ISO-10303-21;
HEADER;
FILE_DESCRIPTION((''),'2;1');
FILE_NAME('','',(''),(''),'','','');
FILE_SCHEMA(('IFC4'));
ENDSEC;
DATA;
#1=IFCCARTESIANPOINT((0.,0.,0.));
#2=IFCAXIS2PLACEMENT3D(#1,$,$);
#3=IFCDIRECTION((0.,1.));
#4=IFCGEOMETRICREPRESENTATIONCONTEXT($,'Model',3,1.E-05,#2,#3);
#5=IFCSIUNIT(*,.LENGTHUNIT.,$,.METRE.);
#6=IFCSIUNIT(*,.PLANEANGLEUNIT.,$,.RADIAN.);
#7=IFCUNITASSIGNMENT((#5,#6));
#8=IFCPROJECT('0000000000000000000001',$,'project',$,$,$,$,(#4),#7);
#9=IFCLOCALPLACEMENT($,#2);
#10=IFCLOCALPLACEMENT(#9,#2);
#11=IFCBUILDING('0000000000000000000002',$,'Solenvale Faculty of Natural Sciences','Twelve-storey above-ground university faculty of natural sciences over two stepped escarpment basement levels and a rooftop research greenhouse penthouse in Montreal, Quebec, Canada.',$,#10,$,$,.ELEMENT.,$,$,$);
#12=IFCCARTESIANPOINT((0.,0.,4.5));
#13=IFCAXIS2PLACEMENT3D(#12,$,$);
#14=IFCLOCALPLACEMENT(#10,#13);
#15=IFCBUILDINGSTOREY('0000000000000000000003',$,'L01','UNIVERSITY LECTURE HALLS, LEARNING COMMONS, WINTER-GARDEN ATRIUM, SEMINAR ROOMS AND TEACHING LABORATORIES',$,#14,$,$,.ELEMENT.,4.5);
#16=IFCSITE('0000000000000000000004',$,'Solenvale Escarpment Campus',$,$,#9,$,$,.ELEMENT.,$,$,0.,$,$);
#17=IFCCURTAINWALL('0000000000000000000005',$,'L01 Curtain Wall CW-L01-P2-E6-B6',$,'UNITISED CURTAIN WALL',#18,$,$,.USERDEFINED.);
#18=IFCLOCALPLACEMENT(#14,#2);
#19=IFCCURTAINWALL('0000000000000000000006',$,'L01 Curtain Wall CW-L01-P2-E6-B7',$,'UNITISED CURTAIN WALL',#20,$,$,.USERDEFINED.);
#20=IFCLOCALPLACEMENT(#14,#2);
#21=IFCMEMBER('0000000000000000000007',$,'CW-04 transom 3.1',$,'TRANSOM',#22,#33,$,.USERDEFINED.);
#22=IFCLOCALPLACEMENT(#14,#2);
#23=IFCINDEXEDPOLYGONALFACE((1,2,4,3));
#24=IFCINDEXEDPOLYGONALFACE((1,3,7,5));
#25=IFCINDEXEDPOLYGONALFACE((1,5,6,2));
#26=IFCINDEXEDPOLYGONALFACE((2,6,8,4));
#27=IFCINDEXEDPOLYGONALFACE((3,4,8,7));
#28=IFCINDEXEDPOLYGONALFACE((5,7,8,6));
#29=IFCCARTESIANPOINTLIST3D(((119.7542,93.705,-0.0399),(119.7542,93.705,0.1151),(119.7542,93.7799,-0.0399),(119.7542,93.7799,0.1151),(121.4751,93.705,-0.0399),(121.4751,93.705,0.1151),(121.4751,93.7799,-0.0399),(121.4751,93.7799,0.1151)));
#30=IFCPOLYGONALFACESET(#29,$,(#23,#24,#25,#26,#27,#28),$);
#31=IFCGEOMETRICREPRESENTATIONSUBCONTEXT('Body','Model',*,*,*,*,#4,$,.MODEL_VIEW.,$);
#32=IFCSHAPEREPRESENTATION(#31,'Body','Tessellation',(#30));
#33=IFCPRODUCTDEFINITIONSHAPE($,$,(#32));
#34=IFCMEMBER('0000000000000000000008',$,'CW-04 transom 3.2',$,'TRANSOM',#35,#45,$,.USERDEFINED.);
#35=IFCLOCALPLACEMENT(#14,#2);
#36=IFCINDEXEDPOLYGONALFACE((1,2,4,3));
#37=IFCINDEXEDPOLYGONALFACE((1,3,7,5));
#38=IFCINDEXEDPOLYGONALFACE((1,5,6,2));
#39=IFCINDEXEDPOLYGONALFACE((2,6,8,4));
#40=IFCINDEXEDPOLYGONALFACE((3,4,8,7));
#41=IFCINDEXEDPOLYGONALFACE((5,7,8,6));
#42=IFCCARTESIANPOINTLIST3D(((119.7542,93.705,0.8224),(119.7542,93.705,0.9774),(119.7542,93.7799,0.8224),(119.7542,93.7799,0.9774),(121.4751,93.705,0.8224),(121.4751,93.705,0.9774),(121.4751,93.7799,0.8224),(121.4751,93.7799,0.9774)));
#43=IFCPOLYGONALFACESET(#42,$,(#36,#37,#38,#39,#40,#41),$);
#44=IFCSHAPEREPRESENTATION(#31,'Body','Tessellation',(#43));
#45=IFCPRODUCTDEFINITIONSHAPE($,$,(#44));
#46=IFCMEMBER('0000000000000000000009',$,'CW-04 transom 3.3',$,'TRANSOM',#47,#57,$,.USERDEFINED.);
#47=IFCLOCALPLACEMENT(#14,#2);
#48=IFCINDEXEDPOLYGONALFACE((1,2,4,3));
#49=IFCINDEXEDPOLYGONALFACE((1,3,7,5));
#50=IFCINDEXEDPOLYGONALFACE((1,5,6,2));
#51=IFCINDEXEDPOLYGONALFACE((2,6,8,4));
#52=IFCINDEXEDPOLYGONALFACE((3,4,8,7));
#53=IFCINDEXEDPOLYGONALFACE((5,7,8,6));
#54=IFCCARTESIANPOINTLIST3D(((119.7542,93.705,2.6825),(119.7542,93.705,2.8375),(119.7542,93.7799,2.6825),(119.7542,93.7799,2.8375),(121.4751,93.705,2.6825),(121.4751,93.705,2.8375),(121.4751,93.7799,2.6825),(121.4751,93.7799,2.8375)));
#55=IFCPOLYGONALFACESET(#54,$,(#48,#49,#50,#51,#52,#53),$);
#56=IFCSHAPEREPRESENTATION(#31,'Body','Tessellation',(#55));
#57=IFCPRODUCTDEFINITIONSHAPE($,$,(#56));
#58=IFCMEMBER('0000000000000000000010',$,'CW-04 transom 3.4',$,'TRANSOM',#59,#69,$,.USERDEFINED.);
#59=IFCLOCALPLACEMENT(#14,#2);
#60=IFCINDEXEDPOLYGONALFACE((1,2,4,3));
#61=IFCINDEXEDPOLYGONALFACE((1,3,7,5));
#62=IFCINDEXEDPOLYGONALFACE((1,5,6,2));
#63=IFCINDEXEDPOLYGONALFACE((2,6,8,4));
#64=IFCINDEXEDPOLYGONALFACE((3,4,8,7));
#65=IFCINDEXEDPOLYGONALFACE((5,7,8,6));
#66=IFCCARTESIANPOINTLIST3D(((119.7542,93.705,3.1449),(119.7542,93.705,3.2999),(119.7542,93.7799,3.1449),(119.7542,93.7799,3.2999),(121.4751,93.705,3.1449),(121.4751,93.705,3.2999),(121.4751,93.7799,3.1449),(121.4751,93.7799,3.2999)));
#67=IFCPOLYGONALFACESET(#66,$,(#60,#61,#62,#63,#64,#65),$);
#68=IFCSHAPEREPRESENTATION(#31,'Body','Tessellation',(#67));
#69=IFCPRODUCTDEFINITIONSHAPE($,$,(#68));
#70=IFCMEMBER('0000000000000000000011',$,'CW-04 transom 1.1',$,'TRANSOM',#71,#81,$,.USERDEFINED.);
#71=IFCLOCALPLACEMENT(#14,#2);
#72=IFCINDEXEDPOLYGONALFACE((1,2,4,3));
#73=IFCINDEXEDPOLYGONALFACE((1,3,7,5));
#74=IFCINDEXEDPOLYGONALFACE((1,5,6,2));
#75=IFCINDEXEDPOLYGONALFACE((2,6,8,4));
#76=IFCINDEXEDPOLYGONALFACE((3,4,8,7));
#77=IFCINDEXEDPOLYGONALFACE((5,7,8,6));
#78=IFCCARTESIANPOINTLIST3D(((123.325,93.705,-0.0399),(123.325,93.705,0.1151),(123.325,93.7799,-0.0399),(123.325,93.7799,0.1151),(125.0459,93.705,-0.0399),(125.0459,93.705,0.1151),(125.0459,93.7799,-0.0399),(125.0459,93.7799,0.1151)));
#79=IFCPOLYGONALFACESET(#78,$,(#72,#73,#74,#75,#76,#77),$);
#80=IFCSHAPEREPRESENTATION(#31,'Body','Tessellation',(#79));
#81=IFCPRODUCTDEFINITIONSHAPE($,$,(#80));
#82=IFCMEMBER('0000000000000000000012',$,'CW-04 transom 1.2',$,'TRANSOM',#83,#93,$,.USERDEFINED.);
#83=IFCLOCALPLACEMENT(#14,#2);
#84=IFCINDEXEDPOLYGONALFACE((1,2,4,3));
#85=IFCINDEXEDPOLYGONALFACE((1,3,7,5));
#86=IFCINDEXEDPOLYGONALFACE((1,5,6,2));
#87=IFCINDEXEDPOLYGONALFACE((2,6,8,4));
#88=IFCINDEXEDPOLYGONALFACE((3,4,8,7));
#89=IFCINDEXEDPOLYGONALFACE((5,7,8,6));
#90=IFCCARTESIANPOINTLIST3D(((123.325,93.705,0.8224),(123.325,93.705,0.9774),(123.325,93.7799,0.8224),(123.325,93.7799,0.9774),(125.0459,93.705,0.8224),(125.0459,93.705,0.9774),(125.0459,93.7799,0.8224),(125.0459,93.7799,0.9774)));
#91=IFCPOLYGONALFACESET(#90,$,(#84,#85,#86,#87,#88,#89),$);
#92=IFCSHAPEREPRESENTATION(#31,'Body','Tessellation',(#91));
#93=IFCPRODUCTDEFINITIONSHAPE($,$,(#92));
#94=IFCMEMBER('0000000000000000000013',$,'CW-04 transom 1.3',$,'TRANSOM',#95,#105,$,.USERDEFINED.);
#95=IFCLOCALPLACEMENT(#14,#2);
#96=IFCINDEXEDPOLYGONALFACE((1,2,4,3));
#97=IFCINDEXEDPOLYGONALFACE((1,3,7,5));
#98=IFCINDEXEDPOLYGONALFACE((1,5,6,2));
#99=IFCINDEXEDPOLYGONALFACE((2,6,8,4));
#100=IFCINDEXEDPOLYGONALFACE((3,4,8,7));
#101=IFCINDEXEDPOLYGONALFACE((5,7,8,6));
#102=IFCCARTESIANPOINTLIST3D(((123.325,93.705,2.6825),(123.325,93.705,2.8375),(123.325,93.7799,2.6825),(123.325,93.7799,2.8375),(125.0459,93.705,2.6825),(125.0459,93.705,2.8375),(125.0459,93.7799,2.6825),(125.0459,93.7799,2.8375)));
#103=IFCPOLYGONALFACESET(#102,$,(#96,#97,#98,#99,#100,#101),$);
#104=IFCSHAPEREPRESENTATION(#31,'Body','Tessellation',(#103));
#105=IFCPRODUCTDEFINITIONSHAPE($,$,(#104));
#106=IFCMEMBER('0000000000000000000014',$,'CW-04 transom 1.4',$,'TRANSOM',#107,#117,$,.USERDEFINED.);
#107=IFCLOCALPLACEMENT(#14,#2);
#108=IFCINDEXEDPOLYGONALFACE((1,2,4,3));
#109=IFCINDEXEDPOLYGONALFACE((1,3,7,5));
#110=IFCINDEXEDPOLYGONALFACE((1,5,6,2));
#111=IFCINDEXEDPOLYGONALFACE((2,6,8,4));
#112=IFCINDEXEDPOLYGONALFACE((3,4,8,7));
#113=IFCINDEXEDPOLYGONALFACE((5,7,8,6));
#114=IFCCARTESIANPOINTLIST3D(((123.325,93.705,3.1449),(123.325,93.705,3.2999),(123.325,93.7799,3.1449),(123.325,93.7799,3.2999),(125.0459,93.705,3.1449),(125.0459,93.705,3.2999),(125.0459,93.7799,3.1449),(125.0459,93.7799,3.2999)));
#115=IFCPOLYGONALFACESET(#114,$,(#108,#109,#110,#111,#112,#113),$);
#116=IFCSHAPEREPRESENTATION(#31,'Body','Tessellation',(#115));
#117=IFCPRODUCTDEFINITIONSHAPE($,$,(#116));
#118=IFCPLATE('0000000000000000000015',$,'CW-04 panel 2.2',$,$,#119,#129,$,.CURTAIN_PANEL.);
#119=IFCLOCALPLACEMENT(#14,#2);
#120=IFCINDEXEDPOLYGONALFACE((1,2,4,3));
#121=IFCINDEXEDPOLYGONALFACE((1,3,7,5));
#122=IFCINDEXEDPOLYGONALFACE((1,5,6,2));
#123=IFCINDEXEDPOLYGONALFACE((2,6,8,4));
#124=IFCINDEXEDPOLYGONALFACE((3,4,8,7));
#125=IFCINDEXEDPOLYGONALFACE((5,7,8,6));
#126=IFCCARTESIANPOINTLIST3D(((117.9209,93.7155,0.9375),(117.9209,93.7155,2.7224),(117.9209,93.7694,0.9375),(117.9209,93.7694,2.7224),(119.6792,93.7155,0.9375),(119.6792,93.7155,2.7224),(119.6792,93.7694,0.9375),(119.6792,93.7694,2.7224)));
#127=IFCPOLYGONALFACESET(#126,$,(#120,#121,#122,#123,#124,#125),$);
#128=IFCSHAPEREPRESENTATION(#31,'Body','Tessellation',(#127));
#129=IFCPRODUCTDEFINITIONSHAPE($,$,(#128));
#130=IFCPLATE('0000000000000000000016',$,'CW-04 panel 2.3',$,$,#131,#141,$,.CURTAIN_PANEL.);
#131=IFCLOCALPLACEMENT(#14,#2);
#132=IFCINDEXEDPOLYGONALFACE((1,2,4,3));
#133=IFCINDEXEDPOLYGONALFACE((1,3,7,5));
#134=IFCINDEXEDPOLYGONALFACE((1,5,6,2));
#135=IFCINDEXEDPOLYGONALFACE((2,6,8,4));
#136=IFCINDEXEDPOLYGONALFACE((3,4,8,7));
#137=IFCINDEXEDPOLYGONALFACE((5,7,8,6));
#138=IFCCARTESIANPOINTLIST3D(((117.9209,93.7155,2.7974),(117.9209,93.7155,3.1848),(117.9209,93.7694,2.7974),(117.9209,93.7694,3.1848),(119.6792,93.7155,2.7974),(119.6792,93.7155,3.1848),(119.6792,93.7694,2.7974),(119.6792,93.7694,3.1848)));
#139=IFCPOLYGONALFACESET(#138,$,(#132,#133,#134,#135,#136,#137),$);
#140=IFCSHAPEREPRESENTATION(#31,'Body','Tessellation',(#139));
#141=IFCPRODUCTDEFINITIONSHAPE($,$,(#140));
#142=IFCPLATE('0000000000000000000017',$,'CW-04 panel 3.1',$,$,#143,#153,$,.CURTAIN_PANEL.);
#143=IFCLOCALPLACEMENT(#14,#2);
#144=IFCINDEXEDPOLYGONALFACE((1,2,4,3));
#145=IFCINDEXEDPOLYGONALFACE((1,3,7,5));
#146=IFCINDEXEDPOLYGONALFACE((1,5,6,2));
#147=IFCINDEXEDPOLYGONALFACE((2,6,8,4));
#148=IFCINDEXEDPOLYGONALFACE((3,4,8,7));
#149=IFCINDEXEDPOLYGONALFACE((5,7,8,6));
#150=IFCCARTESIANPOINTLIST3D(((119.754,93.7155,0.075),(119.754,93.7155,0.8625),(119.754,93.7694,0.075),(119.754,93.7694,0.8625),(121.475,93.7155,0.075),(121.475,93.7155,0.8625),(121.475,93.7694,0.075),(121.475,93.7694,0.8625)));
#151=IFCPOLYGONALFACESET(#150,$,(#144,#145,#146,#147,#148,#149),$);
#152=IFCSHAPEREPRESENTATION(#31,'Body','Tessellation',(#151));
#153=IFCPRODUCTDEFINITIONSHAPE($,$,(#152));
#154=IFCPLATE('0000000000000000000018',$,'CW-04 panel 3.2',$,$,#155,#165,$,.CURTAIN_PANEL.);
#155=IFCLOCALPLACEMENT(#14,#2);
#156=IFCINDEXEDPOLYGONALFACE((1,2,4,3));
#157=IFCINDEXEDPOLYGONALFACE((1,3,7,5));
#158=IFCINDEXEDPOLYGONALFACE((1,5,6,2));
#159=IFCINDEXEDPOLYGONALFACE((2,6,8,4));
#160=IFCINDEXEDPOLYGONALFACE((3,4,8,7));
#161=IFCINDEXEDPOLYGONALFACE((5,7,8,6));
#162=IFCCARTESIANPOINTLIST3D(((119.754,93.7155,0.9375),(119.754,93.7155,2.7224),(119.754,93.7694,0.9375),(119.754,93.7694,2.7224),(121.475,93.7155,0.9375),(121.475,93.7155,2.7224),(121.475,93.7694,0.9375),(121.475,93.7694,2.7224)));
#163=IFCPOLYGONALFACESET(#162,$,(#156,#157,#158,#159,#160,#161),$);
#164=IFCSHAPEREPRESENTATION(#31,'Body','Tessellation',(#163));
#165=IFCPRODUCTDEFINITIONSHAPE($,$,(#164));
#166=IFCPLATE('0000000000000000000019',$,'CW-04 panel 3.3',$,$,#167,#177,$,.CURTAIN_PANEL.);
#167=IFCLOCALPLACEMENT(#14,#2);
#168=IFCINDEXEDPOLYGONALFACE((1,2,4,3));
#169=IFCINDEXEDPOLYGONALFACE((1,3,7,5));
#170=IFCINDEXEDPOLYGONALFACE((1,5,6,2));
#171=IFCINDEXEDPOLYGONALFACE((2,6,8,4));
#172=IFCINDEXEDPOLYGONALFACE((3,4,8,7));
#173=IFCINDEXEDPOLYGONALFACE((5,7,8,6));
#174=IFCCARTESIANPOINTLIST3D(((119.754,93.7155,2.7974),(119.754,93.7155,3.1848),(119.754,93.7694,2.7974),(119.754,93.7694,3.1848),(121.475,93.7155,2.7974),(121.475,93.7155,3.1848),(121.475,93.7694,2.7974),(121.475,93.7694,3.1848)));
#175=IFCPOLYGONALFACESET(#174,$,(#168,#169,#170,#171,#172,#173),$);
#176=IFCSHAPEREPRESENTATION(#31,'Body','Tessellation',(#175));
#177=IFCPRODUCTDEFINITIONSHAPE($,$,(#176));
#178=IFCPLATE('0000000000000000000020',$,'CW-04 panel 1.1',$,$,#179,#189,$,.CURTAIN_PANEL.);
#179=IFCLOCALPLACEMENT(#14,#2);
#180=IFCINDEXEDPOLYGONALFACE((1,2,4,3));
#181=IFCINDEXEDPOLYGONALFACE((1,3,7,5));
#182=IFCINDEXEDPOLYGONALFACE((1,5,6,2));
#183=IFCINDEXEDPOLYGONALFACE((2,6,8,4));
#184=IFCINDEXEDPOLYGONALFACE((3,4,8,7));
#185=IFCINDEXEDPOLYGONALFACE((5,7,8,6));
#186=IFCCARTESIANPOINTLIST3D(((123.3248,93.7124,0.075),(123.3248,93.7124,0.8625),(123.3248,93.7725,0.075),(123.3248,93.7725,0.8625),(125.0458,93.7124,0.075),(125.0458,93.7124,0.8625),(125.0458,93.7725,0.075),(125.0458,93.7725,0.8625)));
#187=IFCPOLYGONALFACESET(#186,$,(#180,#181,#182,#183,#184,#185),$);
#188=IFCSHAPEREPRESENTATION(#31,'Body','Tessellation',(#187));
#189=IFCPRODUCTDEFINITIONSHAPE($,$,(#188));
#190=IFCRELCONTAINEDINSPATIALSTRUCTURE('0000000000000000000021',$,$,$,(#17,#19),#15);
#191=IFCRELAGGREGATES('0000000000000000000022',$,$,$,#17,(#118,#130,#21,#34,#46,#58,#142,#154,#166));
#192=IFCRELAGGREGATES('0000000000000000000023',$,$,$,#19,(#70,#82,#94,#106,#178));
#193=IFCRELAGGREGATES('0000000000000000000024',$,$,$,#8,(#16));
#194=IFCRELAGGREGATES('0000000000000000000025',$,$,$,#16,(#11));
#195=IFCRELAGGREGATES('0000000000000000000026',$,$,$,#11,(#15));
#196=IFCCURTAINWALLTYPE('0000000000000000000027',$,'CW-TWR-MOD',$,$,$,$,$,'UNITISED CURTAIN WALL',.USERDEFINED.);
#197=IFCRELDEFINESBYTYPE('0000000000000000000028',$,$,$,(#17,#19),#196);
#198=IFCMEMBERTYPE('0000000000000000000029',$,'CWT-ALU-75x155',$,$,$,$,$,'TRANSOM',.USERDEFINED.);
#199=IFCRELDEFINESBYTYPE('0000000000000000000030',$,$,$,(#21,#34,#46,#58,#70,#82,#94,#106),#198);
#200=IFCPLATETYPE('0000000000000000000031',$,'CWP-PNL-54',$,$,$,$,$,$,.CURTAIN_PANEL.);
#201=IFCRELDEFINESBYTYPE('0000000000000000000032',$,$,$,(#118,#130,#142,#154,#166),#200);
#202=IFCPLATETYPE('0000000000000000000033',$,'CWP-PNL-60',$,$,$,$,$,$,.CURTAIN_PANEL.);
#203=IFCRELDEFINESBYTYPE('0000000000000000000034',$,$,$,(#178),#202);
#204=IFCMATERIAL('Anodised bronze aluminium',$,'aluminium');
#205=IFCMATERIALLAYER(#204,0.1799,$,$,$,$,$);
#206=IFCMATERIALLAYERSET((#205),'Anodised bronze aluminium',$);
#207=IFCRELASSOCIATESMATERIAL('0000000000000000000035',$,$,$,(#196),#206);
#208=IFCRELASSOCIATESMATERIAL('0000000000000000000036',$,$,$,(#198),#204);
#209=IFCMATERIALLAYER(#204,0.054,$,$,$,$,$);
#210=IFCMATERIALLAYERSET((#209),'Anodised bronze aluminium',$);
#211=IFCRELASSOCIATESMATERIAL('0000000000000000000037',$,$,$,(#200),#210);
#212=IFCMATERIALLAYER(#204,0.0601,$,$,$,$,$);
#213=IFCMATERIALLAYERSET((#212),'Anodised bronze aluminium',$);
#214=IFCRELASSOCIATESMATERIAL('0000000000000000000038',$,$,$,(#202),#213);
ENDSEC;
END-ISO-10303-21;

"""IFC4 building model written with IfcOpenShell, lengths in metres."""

from ifc_helpers import new_model, si_unit, direction, frame, origin, origin_2d, place, context, subcontext, project, spatial, rectangle, extrude, material, layer, layer_set, material_profile, profile_set, type_object, element, aggregate, save


model = new_model("IFC4")

# Units and contexts
model_context = context("Model", 3, precision=1e-05, world=origin(), true_north=direction((0.0, 1.0)))
body_context = subcontext(model_context, "Body", "Model", "MODEL_VIEW")
ifc_project = project(units=[si_unit("LENGTHUNIT", "METRE"), si_unit("PLANEANGLEUNIT", "RADIAN")], contexts=[model_context])

# Site, building, storey
site_placement = place(None, origin())
site = spatial("IfcSite", under=ifc_project, at=site_placement, Name="Solenvale Escarpment Campus", CompositionType="ELEMENT", RefElevation=0.0)
building_placement = place(site_placement, origin())
building = spatial("IfcBuilding", under=site, at=building_placement, Name="Solenvale Faculty of Natural Sciences", Description="Twelve-storey above-ground university faculty of natural sciences over two stepped escarpment basement levels and a rooftop research greenhouse penthouse in Montreal, Quebec, Canada.", CompositionType="ELEMENT")
storey_placement = place(building_placement, frame((0.0, 0.0, 4.5)))
storey = spatial("IfcBuildingStorey", under=building, at=storey_placement, Name="L01", Description="UNIVERSITY LECTURE HALLS, LEARNING COMMONS, WINTER-GARDEN ATRIUM, SEMINAR ROOMS AND TEACHING LABORATORIES", CompositionType="ELEMENT", Elevation=4.5)

# Curtain wall
ifc_material_1 = material(Name="Anodised bronze aluminium", Category="aluminium")
ifc_layer_1 = layer(ifc_material_1, 0.1799)
ifc_layer_set_1 = layer_set([ifc_layer_1], Name="Anodised bronze aluminium")
curtain_wall_type = type_object("IfcCurtainWallType", Name="CW-TWR-MOD", ElementType="UNITISED CURTAIN WALL", PredefinedType="USERDEFINED", material=ifc_layer_set_1)
curtain_wall_1_placement = place(storey_placement, origin())
curtain_wall_1 = element("IfcCurtainWall", 1, at=curtain_wall_1_placement, inside=storey, type_object=curtain_wall_type, Name="L01 Curtain Wall CW-L01-P2-E6-B6", ObjectType="UNITISED CURTAIN WALL", PredefinedType="USERDEFINED")

# Curtain wall
curtain_wall_2_placement = place(storey_placement, origin())
curtain_wall_2 = element("IfcCurtainWall", 2, at=curtain_wall_2_placement, inside=storey, type_object=curtain_wall_type, Name="L01 Curtain Wall CW-L01-P2-E6-B7", ObjectType="UNITISED CURTAIN WALL", PredefinedType="USERDEFINED")

# Members
ifc_material_profile_1 = material_profile(ifc_material_1, rectangle(XDim=0.075, YDim=0.155, at=origin_2d()), Name="ALU-TRN-75x155")
ifc_profile_set_1 = profile_set([ifc_material_profile_1], Name="Anodised bronze aluminium")
member_type_1 = type_object("IfcMemberType", Name="CWT-ALU-75x155", ElementType="TRANSOM", PredefinedType="USERDEFINED", material=ifc_profile_set_1)
member_1_placement = place(storey_placement, frame((119.7542, 93.7424, 0.0376), z_axis=(1.0, 0.0, 0.0), x_axis=(0.0, 1.0, 0.0)))
member_1 = element("IfcMember", 3, at=member_1_placement, type_object=member_type_1, Name="CW-04 transom 3.1", ObjectType="TRANSOM", PredefinedType="USERDEFINED", context=body_context, shape_type="SweptSolid", body=[
    extrude(rectangle(XDim=0.075, YDim=0.155, at=origin_2d()), origin(), (0.0, 0.0, 1.0), 1.7209),
])
member_2_placement = place(storey_placement, frame((119.7542, 93.7424, 0.8999), z_axis=(1.0, 0.0, 0.0), x_axis=(0.0, 1.0, 0.0)))
member_2 = element("IfcMember", 4, at=member_2_placement, type_object=member_type_1, Name="CW-04 transom 3.2", ObjectType="TRANSOM", PredefinedType="USERDEFINED", context=body_context, shape_type="SweptSolid", body=[
    extrude(rectangle(XDim=0.075, YDim=0.155, at=origin_2d()), origin(), (0.0, 0.0, 1.0), 1.7209),
])
member_3_placement = place(storey_placement, frame((119.7542, 93.7424, 2.76), z_axis=(1.0, 0.0, 0.0), x_axis=(0.0, 1.0, 0.0)))
member_3 = element("IfcMember", 5, at=member_3_placement, type_object=member_type_1, Name="CW-04 transom 3.3", ObjectType="TRANSOM", PredefinedType="USERDEFINED", context=body_context, shape_type="SweptSolid", body=[
    extrude(rectangle(XDim=0.075, YDim=0.155, at=origin_2d()), origin(), (0.0, 0.0, 1.0), 1.7209),
])
member_4_placement = place(storey_placement, frame((119.7542, 93.7424, 3.2224), z_axis=(1.0, 0.0, 0.0), x_axis=(0.0, 1.0, 0.0)))
member_4 = element("IfcMember", 6, at=member_4_placement, type_object=member_type_1, Name="CW-04 transom 3.4", ObjectType="TRANSOM", PredefinedType="USERDEFINED", context=body_context, shape_type="SweptSolid", body=[
    extrude(rectangle(XDim=0.075, YDim=0.155, at=origin_2d()), origin(), (0.0, 0.0, 1.0), 1.7209),
])
member_5_placement = place(storey_placement, frame((123.325, 93.7424, 0.0376), z_axis=(1.0, 0.0, 0.0), x_axis=(0.0, 1.0, 0.0)))
member_5 = element("IfcMember", 7, at=member_5_placement, type_object=member_type_1, Name="CW-04 transom 1.1", ObjectType="TRANSOM", PredefinedType="USERDEFINED", context=body_context, shape_type="SweptSolid", body=[
    extrude(rectangle(XDim=0.075, YDim=0.155, at=origin_2d()), origin(), (0.0, 0.0, 1.0), 1.7209),
])
member_6_placement = place(storey_placement, frame((123.325, 93.7424, 0.8999), z_axis=(1.0, 0.0, 0.0), x_axis=(0.0, 1.0, 0.0)))
member_6 = element("IfcMember", 8, at=member_6_placement, type_object=member_type_1, Name="CW-04 transom 1.2", ObjectType="TRANSOM", PredefinedType="USERDEFINED", context=body_context, shape_type="SweptSolid", body=[
    extrude(rectangle(XDim=0.075, YDim=0.155, at=origin_2d()), origin(), (0.0, 0.0, 1.0), 1.7209),
])
member_7_placement = place(storey_placement, frame((123.325, 93.7424, 2.76), z_axis=(1.0, 0.0, 0.0), x_axis=(0.0, 1.0, 0.0)))
member_7 = element("IfcMember", 9, at=member_7_placement, type_object=member_type_1, Name="CW-04 transom 1.3", ObjectType="TRANSOM", PredefinedType="USERDEFINED", context=body_context, shape_type="SweptSolid", body=[
    extrude(rectangle(XDim=0.075, YDim=0.155, at=origin_2d()), origin(), (0.0, 0.0, 1.0), 1.7209),
])
member_8_placement = place(storey_placement, frame((123.325, 93.7424, 3.2224), z_axis=(1.0, 0.0, 0.0), x_axis=(0.0, 1.0, 0.0)))
member_8 = element("IfcMember", 10, at=member_8_placement, type_object=member_type_1, Name="CW-04 transom 1.4", ObjectType="TRANSOM", PredefinedType="USERDEFINED", context=body_context, shape_type="SweptSolid", body=[
    extrude(rectangle(XDim=0.075, YDim=0.155, at=origin_2d()), origin(), (0.0, 0.0, 1.0), 1.7209),
])

# Plates
ifc_layer_2 = layer(ifc_material_1, 0.054)
ifc_layer_set_2 = layer_set([ifc_layer_2], Name="Anodised bronze aluminium")
plate_type_1 = type_object("IfcPlateType", Name="CWP-PNL-54", PredefinedType="CURTAIN_PANEL", material=ifc_layer_set_2)
plate_1_placement = place(storey_placement, frame((118.8, 93.7424, 0.9375), z_axis=(0.0, 0.0, 1.0), x_axis=(1.0, 0.0, 0.0)))
plate_1 = element("IfcPlate", 11, at=plate_1_placement, type_object=plate_type_1, Name="CW-04 panel 2.2", PredefinedType="CURTAIN_PANEL", context=body_context, shape_type="SweptSolid", body=[
    extrude(rectangle(XDim=1.7583, YDim=0.054, at=origin_2d()), origin(), (0.0, 0.0, 1.0), 1.7849),
])
plate_2_placement = place(storey_placement, frame((118.8, 93.7424, 2.7974), z_axis=(0.0, 0.0, 1.0), x_axis=(1.0, 0.0, 0.0)))
plate_2 = element("IfcPlate", 12, at=plate_2_placement, type_object=plate_type_1, Name="CW-04 panel 2.3", PredefinedType="CURTAIN_PANEL", context=body_context, shape_type="SweptSolid", body=[
    extrude(rectangle(XDim=1.7583, YDim=0.054, at=origin_2d()), origin(), (0.0, 0.0, 1.0), 0.3875),
])
plate_3_placement = place(storey_placement, frame((120.6145, 93.7424, 0.075), z_axis=(0.0, 0.0, 1.0), x_axis=(1.0, 0.0, 0.0)))
plate_3 = element("IfcPlate", 13, at=plate_3_placement, type_object=plate_type_1, Name="CW-04 panel 3.1", PredefinedType="CURTAIN_PANEL", context=body_context, shape_type="SweptSolid", body=[
    extrude(rectangle(XDim=1.7209, YDim=0.054, at=origin_2d()), origin(), (0.0, 0.0, 1.0), 0.7876),
])
plate_4_placement = place(storey_placement, frame((120.6145, 93.7424, 0.9375), z_axis=(0.0, 0.0, 1.0), x_axis=(1.0, 0.0, 0.0)))
plate_4 = element("IfcPlate", 14, at=plate_4_placement, type_object=plate_type_1, Name="CW-04 panel 3.2", PredefinedType="CURTAIN_PANEL", context=body_context, shape_type="SweptSolid", body=[
    extrude(rectangle(XDim=1.7209, YDim=0.054, at=origin_2d()), origin(), (0.0, 0.0, 1.0), 1.7849),
])
plate_5_placement = place(storey_placement, frame((120.6145, 93.7424, 2.7974), z_axis=(0.0, 0.0, 1.0), x_axis=(1.0, 0.0, 0.0)))
plate_5 = element("IfcPlate", 15, at=plate_5_placement, type_object=plate_type_1, Name="CW-04 panel 3.3", PredefinedType="CURTAIN_PANEL", context=body_context, shape_type="SweptSolid", body=[
    extrude(rectangle(XDim=1.7209, YDim=0.054, at=origin_2d()), origin(), (0.0, 0.0, 1.0), 0.3875),
])
aggregate(curtain_wall_1, [plate_1, plate_2, member_1, member_2, member_3, member_4, plate_3, plate_4, plate_5])
ifc_layer_3 = layer(ifc_material_1, 0.0601)
ifc_layer_set_3 = layer_set([ifc_layer_3], Name="Anodised bronze aluminium")
plate_type_2 = type_object("IfcPlateType", Name="CWP-PNL-60", PredefinedType="CURTAIN_PANEL", material=ifc_layer_set_3)
plate_6_placement = place(storey_placement, frame((124.1853, 93.7424, 0.075), z_axis=(0.0, 0.0, 1.0), x_axis=(1.0, 0.0, 0.0)))
plate_6 = element("IfcPlate", 16, at=plate_6_placement, type_object=plate_type_2, Name="CW-04 panel 1.1", PredefinedType="CURTAIN_PANEL", context=body_context, shape_type="SweptSolid", body=[
    extrude(rectangle(XDim=1.7209, YDim=0.0601, at=origin_2d()), origin(), (0.0, 0.0, 1.0), 0.7876),
])
aggregate(curtain_wall_2, [member_5, member_6, member_7, member_8, plate_6])

save(model, "model.ifc")
